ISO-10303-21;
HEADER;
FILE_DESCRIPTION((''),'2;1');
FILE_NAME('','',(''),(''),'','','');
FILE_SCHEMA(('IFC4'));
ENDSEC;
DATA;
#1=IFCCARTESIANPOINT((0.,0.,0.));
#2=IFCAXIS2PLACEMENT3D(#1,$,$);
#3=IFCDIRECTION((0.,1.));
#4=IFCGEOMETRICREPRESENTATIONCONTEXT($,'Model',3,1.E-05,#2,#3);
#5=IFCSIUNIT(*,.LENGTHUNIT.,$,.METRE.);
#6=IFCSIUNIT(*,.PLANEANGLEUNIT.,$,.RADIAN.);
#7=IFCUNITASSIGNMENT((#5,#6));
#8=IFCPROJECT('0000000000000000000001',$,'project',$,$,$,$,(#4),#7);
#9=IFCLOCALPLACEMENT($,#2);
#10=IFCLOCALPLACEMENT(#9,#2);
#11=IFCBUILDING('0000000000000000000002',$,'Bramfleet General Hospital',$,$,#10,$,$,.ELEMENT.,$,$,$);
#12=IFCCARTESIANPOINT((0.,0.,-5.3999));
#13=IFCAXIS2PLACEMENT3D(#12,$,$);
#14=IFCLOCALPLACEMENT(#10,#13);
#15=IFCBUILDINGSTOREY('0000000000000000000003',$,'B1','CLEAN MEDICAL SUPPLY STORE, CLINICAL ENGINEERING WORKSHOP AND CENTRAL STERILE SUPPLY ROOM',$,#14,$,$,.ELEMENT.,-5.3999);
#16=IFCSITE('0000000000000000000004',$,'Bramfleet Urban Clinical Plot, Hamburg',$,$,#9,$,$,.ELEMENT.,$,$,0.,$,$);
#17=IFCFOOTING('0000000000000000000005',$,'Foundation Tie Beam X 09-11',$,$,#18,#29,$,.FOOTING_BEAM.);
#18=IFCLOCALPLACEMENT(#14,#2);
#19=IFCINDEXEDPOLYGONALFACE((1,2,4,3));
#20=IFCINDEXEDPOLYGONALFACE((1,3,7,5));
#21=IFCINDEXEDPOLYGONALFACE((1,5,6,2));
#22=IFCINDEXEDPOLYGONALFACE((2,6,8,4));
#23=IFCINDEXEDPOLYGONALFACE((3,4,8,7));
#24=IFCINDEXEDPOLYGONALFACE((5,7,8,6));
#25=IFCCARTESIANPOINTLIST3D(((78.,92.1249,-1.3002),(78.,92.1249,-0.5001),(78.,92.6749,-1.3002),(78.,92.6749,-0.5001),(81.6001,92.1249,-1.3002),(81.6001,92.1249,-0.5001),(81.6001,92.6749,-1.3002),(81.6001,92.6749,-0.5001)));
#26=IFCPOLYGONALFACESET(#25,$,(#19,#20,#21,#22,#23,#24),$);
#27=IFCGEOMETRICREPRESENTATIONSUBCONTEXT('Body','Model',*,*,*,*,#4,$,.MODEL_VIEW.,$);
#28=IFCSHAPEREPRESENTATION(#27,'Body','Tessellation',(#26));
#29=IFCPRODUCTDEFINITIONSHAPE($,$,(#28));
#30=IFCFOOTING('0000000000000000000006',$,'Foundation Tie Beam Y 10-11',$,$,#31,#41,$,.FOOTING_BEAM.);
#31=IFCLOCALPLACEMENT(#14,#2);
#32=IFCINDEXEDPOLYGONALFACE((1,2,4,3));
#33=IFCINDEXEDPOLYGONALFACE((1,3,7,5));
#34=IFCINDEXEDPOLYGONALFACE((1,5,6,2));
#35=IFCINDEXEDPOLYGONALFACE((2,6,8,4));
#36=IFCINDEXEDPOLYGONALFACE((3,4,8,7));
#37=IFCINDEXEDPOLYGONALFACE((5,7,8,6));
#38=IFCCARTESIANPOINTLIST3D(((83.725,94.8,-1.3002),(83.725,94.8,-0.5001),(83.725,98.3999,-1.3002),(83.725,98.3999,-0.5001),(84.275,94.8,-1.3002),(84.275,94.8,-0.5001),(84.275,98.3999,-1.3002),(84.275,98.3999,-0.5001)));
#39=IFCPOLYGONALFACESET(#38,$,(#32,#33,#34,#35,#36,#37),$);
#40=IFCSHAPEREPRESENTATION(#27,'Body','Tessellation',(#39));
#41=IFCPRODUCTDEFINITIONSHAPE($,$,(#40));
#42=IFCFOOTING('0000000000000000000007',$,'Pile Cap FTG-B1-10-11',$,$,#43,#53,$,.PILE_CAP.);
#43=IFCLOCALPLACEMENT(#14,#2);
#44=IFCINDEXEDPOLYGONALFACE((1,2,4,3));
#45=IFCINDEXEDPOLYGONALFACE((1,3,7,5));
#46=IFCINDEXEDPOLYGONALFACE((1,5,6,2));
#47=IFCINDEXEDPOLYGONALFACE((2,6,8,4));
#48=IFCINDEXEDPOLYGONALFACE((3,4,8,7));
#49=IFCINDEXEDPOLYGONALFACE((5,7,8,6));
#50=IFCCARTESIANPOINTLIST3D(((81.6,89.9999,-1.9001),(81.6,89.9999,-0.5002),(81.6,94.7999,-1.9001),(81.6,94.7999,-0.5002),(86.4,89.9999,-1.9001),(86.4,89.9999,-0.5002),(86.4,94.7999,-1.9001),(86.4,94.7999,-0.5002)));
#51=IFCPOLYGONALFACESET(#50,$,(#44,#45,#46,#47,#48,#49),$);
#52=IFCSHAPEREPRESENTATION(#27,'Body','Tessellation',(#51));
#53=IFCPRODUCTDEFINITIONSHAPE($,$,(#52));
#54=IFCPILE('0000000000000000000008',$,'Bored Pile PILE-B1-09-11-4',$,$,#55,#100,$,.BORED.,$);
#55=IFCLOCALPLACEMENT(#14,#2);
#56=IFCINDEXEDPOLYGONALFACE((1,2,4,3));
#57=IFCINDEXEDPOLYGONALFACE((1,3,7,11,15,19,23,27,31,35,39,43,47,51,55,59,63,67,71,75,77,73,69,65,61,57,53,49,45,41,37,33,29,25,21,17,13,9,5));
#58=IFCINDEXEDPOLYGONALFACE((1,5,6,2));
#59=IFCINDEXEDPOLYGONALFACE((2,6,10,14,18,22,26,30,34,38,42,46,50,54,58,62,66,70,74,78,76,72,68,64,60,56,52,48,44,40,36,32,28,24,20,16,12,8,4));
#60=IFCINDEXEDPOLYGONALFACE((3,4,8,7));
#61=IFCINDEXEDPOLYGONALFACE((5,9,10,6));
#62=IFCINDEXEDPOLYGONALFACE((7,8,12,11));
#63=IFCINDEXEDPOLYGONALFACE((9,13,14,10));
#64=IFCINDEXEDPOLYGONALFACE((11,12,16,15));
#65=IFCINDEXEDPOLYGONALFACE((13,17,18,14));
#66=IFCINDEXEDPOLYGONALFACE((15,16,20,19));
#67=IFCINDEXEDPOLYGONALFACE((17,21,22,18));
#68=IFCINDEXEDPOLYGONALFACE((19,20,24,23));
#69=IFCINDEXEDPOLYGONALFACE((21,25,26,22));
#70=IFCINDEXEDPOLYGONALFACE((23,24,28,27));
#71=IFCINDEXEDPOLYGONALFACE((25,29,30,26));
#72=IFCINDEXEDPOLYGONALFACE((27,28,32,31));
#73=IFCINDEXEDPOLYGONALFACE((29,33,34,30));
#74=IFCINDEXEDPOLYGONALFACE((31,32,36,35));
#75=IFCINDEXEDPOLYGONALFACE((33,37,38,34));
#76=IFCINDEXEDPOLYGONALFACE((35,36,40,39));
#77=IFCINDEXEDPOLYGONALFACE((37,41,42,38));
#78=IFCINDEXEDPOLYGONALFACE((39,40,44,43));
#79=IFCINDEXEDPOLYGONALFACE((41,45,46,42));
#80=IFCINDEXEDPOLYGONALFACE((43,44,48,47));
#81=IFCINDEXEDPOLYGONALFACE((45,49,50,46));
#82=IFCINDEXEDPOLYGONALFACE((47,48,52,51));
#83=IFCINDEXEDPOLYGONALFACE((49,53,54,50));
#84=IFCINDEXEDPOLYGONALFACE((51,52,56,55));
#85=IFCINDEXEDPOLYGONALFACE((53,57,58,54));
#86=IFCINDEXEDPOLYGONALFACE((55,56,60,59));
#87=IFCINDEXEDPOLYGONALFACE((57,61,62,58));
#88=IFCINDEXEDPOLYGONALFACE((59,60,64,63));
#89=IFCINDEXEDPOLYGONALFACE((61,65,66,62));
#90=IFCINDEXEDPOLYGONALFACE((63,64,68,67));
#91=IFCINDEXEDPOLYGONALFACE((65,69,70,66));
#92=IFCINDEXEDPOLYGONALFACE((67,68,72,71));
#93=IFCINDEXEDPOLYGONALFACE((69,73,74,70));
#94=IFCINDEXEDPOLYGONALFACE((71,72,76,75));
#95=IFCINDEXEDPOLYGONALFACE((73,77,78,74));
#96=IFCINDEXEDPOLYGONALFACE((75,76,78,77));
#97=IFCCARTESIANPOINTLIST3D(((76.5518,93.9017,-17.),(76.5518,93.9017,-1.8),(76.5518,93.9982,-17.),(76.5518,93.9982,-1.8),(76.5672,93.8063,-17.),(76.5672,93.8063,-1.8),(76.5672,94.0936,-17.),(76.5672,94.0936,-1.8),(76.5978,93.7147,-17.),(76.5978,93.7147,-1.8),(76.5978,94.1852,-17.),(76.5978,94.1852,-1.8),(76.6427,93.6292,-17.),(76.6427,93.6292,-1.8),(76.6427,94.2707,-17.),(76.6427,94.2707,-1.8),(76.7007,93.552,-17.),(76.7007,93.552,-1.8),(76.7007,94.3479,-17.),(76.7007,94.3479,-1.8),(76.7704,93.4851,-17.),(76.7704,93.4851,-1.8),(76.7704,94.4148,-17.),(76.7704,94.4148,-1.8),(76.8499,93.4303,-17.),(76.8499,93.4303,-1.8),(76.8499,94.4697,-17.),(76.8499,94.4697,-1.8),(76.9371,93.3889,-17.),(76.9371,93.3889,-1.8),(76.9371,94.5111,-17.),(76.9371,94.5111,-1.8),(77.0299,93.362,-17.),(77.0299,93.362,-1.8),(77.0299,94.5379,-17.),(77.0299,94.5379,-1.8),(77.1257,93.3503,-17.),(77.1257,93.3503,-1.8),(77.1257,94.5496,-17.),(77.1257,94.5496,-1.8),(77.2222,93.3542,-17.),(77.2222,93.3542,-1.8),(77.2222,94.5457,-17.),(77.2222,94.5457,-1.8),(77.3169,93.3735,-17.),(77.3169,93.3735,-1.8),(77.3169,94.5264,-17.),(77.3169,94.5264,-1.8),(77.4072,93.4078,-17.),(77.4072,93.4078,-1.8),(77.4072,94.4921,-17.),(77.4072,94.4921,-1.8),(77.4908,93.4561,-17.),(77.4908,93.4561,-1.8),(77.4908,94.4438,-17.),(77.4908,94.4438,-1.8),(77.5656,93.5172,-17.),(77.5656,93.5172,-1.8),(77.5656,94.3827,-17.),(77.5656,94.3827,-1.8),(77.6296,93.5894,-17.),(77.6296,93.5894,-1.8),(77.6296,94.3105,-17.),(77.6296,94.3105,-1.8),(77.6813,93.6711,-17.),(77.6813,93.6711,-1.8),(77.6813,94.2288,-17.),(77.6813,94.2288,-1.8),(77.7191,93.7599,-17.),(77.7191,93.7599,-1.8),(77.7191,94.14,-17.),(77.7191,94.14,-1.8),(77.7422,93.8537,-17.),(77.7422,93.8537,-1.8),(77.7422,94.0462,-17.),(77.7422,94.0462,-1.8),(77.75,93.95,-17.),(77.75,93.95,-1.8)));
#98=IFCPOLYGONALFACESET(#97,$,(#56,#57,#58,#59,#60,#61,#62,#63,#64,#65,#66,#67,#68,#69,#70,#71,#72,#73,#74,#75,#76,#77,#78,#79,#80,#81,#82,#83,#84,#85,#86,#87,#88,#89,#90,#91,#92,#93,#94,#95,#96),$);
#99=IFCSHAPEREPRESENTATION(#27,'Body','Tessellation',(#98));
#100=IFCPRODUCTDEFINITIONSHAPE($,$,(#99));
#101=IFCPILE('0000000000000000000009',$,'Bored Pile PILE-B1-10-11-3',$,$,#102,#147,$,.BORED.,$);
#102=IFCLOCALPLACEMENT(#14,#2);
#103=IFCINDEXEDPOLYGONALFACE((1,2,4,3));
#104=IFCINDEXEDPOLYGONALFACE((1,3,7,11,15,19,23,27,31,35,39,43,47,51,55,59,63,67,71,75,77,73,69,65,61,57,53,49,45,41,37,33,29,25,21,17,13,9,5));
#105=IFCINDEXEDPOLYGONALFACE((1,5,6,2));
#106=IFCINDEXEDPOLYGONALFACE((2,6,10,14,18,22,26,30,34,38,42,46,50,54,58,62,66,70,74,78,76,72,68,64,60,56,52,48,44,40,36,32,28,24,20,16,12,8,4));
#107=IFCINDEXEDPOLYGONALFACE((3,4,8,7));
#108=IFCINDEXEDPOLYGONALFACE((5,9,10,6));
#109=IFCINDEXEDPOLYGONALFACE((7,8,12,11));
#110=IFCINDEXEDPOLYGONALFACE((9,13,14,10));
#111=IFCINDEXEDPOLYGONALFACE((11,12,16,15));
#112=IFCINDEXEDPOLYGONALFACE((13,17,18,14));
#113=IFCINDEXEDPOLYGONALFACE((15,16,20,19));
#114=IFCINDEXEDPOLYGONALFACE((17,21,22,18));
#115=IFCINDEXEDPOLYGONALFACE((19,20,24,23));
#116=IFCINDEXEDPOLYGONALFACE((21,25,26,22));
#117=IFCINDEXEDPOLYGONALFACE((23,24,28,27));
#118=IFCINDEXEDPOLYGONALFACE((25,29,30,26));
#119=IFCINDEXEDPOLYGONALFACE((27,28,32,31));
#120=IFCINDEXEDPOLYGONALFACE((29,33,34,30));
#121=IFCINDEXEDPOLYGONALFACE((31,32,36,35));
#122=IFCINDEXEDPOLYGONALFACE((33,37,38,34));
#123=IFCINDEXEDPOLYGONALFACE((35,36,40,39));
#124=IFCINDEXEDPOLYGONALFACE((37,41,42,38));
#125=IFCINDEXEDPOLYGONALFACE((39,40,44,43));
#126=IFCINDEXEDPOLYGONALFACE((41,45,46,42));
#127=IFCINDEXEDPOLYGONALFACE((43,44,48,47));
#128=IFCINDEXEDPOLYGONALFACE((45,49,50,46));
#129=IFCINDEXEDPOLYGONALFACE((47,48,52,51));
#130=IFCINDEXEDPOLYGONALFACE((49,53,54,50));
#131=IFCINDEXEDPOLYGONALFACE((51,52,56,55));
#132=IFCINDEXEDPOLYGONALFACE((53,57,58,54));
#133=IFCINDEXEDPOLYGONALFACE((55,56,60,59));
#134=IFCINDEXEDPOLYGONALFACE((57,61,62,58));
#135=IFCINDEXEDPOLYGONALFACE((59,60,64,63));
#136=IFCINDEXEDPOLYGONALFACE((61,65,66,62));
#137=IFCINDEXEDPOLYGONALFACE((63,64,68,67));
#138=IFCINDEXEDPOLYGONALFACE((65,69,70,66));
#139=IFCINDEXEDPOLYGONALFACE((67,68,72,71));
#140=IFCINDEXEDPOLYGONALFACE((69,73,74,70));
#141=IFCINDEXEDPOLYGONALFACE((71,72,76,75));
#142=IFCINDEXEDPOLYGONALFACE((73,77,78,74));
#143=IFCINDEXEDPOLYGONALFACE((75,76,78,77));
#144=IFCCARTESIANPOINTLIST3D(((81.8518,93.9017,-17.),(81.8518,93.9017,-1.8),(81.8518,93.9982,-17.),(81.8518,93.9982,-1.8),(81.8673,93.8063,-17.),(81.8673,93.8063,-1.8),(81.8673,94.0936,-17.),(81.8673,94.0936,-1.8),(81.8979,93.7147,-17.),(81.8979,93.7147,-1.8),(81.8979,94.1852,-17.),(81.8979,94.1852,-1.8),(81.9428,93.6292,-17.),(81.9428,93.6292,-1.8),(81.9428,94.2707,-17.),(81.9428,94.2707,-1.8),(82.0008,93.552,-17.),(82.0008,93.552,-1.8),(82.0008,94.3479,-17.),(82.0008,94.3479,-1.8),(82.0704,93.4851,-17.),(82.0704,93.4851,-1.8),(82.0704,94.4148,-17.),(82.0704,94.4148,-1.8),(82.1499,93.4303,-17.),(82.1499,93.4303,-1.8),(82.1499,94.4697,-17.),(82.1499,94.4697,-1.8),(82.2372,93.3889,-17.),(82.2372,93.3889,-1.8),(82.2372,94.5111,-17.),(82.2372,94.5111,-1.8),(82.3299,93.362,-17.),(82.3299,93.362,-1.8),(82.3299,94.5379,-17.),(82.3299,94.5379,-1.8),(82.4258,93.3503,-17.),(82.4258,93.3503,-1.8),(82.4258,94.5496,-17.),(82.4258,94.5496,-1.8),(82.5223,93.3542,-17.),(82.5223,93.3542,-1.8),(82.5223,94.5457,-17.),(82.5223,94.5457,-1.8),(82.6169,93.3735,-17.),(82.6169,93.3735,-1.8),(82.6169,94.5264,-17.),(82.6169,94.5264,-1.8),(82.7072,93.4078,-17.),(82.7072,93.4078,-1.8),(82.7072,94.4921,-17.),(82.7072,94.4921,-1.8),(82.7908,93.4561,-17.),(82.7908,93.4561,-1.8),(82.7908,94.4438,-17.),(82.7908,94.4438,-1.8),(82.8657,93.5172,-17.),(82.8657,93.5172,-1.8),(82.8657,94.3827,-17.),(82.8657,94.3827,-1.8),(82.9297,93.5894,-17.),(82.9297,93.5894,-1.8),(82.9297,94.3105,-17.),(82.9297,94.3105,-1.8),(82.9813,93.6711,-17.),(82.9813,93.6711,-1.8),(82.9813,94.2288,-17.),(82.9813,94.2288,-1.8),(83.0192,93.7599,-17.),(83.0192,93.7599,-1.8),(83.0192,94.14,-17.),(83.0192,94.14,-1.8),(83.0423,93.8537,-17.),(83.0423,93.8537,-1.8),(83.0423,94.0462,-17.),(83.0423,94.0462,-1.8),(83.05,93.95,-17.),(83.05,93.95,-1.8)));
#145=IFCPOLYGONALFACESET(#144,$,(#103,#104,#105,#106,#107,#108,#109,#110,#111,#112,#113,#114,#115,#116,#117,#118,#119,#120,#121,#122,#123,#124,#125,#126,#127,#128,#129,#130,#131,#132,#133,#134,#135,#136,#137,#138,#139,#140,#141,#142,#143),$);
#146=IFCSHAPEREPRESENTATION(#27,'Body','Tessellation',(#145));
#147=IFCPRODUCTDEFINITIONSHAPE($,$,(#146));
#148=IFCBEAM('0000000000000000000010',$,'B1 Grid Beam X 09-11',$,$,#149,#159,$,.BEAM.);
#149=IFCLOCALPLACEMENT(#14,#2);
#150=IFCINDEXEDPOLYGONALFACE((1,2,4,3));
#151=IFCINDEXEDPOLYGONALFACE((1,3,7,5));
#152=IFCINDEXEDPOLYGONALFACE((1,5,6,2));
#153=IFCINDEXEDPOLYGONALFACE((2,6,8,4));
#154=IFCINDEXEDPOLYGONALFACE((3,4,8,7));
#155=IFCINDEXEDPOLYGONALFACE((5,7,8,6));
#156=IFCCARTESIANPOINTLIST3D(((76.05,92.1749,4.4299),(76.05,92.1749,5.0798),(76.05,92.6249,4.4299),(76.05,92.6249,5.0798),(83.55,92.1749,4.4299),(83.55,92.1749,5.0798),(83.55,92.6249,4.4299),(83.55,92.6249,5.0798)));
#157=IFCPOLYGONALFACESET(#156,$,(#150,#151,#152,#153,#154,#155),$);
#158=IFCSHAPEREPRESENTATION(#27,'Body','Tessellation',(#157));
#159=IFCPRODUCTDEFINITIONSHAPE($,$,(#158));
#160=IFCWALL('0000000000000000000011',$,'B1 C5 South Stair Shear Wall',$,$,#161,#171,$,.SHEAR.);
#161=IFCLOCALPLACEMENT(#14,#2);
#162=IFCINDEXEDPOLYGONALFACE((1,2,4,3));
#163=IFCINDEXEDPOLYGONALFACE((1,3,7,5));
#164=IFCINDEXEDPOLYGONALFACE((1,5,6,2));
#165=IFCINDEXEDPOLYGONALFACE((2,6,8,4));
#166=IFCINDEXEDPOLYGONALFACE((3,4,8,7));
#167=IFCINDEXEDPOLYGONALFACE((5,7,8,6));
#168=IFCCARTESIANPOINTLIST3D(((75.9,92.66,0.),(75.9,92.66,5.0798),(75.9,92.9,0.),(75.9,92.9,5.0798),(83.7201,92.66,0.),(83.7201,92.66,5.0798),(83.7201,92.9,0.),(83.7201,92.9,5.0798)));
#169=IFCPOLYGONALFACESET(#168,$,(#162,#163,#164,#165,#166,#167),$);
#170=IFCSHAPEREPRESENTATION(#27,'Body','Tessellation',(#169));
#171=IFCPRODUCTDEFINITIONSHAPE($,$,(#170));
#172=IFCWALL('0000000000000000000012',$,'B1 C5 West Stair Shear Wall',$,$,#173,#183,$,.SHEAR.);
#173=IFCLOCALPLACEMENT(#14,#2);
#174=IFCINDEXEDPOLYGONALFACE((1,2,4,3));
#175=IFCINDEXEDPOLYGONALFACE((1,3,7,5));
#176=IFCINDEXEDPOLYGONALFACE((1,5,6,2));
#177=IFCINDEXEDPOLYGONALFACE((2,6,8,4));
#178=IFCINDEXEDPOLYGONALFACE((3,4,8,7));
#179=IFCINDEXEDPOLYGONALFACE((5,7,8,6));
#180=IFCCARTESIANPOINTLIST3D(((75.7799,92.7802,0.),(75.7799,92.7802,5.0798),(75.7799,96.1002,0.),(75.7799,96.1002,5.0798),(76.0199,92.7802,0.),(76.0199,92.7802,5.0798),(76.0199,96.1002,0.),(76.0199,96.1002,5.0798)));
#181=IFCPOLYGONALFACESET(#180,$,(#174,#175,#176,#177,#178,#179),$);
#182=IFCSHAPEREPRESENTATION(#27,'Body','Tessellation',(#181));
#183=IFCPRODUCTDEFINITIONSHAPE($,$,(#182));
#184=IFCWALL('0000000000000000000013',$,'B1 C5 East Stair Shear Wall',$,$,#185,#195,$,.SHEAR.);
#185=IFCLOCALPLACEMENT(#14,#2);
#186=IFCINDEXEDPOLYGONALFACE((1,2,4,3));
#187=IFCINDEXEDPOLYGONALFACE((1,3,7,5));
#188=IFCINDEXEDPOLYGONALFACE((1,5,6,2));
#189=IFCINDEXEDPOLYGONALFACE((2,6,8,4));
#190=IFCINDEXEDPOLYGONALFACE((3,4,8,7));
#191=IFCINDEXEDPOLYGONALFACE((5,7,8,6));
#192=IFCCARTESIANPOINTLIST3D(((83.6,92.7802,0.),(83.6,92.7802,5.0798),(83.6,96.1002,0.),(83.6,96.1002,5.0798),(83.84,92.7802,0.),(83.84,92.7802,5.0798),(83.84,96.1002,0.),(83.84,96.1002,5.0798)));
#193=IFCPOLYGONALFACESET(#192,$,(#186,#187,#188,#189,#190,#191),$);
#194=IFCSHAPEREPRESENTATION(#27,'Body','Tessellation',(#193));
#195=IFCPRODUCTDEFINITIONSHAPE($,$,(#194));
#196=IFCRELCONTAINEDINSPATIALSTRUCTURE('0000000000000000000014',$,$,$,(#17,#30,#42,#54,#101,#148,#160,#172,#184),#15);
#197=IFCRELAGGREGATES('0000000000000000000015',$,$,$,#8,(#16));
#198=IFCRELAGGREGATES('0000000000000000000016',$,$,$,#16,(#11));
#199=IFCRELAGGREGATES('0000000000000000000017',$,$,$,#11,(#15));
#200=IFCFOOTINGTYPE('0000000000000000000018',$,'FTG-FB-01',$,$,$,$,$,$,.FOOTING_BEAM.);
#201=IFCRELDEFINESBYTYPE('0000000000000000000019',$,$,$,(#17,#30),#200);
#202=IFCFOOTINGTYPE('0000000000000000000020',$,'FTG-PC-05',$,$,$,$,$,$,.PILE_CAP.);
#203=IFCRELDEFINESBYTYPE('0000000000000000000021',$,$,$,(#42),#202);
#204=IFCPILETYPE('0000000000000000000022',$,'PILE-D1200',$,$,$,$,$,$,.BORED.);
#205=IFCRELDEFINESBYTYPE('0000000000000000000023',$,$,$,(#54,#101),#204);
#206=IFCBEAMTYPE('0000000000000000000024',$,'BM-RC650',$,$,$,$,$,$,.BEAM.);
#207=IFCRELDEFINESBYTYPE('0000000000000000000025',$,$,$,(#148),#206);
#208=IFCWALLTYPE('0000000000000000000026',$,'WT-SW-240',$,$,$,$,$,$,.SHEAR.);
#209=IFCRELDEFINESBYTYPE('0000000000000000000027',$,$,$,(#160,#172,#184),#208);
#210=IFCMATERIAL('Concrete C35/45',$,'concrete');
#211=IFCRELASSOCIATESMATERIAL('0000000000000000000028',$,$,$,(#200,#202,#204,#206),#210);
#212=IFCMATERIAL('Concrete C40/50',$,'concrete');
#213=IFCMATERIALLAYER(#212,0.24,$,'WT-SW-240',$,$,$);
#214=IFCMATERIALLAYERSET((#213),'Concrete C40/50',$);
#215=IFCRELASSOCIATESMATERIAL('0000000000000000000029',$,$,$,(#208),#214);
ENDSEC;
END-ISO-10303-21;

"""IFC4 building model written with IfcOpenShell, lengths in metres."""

from ifc_helpers import new_model, si_unit, direction, frame, frame_2d, origin, origin_2d, place, context, subcontext, project, spatial, rectangle, circle, extrude, material, layer, layer_set, material_profile, profile_set, type_object, element, save


model = new_model("IFC4")

# Units and contexts
model_context = context("Model", 3, precision=1e-05, world=origin(), true_north=direction((0.0, 1.0)))
body_context = subcontext(model_context, "Body", "Model", "MODEL_VIEW")
ifc_project = project(units=[si_unit("LENGTHUNIT", "METRE"), si_unit("PLANEANGLEUNIT", "RADIAN")], contexts=[model_context])

# Site, building, storey
site_placement = place(None, origin())
site = spatial("IfcSite", under=ifc_project, at=site_placement, Name="Bramfleet Urban Clinical Plot, Hamburg", CompositionType="ELEMENT", RefElevation=0.0)
building_placement = place(site_placement, origin())
building = spatial("IfcBuilding", under=site, at=building_placement, Name="Bramfleet General Hospital", CompositionType="ELEMENT")
storey_placement = place(building_placement, frame((0.0, 0.0, -5.3999)))
storey = spatial("IfcBuildingStorey", under=building, at=storey_placement, Name="B1", Description="CLEAN MEDICAL SUPPLY STORE, CLINICAL ENGINEERING WORKSHOP AND CENTRAL STERILE SUPPLY ROOM", CompositionType="ELEMENT", Elevation=-5.3999)

# Footings
ifc_material_1 = material(Name="Concrete C35/45", Category="concrete")
ifc_material_profile_1 = material_profile(ifc_material_1, rectangle(XDim=0.55, YDim=0.8, at=origin_2d()), Name="RC FB 800x550")
ifc_profile_set_1 = profile_set([ifc_material_profile_1], Name="Concrete C35/45")
footing_type_1 = type_object("IfcFootingType", Name="FTG-FB-01", PredefinedType="FOOTING_BEAM", material=ifc_profile_set_1)
footing_1_placement = place(storey_placement, frame((78.0, 92.3999, -0.9001), z_axis=(1.0, 0.0, 0.0), x_axis=(0.0, 1.0, 0.0)))
element("IfcFooting", 1, at=footing_1_placement, inside=storey, type_object=footing_type_1, Name="Foundation Tie Beam X 09-11", PredefinedType="FOOTING_BEAM", context=body_context, shape_type="SweptSolid", body=[
    extrude(rectangle(XDim=0.55, YDim=0.8, at=origin_2d()), origin(), (0.0, 0.0, 1.0), 3.6001),
])
footing_2_placement = place(storey_placement, frame((84.0, 94.8, -0.9001), z_axis=(0.0, 1.0, 0.0), x_axis=(-1.0, 0.0, 0.0)))
element("IfcFooting", 2, at=footing_2_placement, inside=storey, type_object=footing_type_1, Name="Foundation Tie Beam Y 10-11", PredefinedType="FOOTING_BEAM", context=body_context, shape_type="SweptSolid", body=[
    extrude(rectangle(XDim=0.55, YDim=0.8, at=origin_2d()), origin(), (0.0, 0.0, 1.0), 3.5999),
])
footing_type_2 = type_object("IfcFootingType", Name="FTG-PC-05", PredefinedType="PILE_CAP", material=ifc_material_1)
footing_3_placement = place(storey_placement, frame((84.0, 92.3999, -1.9001), z_axis=(0.0, 0.0, 1.0), x_axis=(1.0, 0.0, 0.0)))
element("IfcFooting", 3, at=footing_3_placement, inside=storey, type_object=footing_type_2, Name="Pile Cap FTG-B1-10-11", PredefinedType="PILE_CAP", context=body_context, shape_type="SweptSolid", body=[
    extrude(rectangle(XDim=4.8, YDim=4.8, at=origin_2d()), origin(), (0.0, 0.0, 1.0), 1.3999),
])

# Piles
ifc_material_profile_2 = material_profile(ifc_material_1, circle(Radius=0.6001, at=origin_2d()), Name="PILE BORED D1200")
ifc_profile_set_2 = profile_set([ifc_material_profile_2], Name="Concrete C35/45")
pile_type = type_object("IfcPileType", Name="PILE-D1200", PredefinedType="BORED", material=ifc_profile_set_2)
for number, where, z_axis, x_axis, name in (
    (4, (77.1499, 93.95, -1.8), (0.0, 0.0, -1.0), (1.0, 0.0, 0.0), "Bored Pile PILE-B1-09-11-4"),
    (5, (82.45, 93.95, -1.8), (0.0, 0.0, -1.0), (1.0, 0.0, 0.0), "Bored Pile PILE-B1-10-11-3"),
):
    element("IfcPile", number, at=place(storey_placement, frame(where, z_axis=z_axis, x_axis=x_axis)), inside=storey, type_object=pile_type, Name=name, PredefinedType="BORED", context=body_context, shape_type="SweptSolid", body=[
        extrude(circle(Radius=0.6001, at=origin_2d()), origin(), (0.0, 0.0, 1.0), 15.2),
    ])

# Beam
ifc_material_profile_3 = material_profile(ifc_material_1, rectangle(XDim=0.45, YDim=0.6499, at=origin_2d()), Name="RC BM 650x450")
ifc_profile_set_3 = profile_set([ifc_material_profile_3], Name="Concrete C35/45")
beam_type = type_object("IfcBeamType", Name="BM-RC650", PredefinedType="BEAM", material=ifc_profile_set_3)
beam_placement = place(storey_placement, frame((76.05, 92.3999, 4.7549), z_axis=(1.0, 0.0, 0.0), x_axis=(0.0, 1.0, 0.0)))
element("IfcBeam", 6, at=beam_placement, inside=storey, type_object=beam_type, Name="B1 Grid Beam X 09-11", PredefinedType="BEAM", context=body_context, shape_type="SweptSolid", body=[
    extrude(rectangle(XDim=0.45, YDim=0.6499, at=origin_2d()), origin(), (0.0, 0.0, 1.0), 7.5),
])

# Walls
ifc_material_2 = material(Name="Concrete C40/50", Category="concrete")
ifc_layer = layer(ifc_material_2, 0.24, Name="WT-SW-240")
ifc_layer_set = layer_set([ifc_layer], Name="Concrete C40/50")
wall_type = type_object("IfcWallType", Name="WT-SW-240", PredefinedType="SHEAR", material=ifc_layer_set)
wall_placement = place(storey_placement, frame((75.8999, 92.78, 0.0), z_axis=(0.0, 0.0, 1.0), x_axis=(1.0, 0.0, 0.0)))
element("IfcWall", 7, at=wall_placement, inside=storey, type_object=wall_type, Name="B1 C5 South Stair Shear Wall", PredefinedType="SHEAR", context=body_context, shape_type="SweptSolid", body=[
    extrude(rectangle(XDim=7.8201, YDim=0.24, at=frame_2d((3.9102, 0.0))), origin(), (0.0, 0.0, 1.0), 5.0798),
])
for number, where, z_axis, x_axis, name in (
    (8, (75.8999, 92.78, 0.0), (0.0, 0.0, 1.0), (0.0, 1.0, 0.0), "B1 C5 West Stair Shear Wall"),
    (9, (83.72, 92.78, 0.0), (0.0, 0.0, 1.0), (0.0, 1.0, 0.0), "B1 C5 East Stair Shear Wall"),
):
    element("IfcWall", number, at=place(storey_placement, frame(where, z_axis=z_axis, x_axis=x_axis)), inside=storey, type_object=wall_type, Name=name, PredefinedType="SHEAR", context=body_context, shape_type="SweptSolid", body=[
        extrude(rectangle(XDim=3.3201, YDim=0.24, at=frame_2d((1.6602, 0.0))), origin(), (0.0, 0.0, 1.0), 5.0798),
    ])

save(model, "model.ifc")
